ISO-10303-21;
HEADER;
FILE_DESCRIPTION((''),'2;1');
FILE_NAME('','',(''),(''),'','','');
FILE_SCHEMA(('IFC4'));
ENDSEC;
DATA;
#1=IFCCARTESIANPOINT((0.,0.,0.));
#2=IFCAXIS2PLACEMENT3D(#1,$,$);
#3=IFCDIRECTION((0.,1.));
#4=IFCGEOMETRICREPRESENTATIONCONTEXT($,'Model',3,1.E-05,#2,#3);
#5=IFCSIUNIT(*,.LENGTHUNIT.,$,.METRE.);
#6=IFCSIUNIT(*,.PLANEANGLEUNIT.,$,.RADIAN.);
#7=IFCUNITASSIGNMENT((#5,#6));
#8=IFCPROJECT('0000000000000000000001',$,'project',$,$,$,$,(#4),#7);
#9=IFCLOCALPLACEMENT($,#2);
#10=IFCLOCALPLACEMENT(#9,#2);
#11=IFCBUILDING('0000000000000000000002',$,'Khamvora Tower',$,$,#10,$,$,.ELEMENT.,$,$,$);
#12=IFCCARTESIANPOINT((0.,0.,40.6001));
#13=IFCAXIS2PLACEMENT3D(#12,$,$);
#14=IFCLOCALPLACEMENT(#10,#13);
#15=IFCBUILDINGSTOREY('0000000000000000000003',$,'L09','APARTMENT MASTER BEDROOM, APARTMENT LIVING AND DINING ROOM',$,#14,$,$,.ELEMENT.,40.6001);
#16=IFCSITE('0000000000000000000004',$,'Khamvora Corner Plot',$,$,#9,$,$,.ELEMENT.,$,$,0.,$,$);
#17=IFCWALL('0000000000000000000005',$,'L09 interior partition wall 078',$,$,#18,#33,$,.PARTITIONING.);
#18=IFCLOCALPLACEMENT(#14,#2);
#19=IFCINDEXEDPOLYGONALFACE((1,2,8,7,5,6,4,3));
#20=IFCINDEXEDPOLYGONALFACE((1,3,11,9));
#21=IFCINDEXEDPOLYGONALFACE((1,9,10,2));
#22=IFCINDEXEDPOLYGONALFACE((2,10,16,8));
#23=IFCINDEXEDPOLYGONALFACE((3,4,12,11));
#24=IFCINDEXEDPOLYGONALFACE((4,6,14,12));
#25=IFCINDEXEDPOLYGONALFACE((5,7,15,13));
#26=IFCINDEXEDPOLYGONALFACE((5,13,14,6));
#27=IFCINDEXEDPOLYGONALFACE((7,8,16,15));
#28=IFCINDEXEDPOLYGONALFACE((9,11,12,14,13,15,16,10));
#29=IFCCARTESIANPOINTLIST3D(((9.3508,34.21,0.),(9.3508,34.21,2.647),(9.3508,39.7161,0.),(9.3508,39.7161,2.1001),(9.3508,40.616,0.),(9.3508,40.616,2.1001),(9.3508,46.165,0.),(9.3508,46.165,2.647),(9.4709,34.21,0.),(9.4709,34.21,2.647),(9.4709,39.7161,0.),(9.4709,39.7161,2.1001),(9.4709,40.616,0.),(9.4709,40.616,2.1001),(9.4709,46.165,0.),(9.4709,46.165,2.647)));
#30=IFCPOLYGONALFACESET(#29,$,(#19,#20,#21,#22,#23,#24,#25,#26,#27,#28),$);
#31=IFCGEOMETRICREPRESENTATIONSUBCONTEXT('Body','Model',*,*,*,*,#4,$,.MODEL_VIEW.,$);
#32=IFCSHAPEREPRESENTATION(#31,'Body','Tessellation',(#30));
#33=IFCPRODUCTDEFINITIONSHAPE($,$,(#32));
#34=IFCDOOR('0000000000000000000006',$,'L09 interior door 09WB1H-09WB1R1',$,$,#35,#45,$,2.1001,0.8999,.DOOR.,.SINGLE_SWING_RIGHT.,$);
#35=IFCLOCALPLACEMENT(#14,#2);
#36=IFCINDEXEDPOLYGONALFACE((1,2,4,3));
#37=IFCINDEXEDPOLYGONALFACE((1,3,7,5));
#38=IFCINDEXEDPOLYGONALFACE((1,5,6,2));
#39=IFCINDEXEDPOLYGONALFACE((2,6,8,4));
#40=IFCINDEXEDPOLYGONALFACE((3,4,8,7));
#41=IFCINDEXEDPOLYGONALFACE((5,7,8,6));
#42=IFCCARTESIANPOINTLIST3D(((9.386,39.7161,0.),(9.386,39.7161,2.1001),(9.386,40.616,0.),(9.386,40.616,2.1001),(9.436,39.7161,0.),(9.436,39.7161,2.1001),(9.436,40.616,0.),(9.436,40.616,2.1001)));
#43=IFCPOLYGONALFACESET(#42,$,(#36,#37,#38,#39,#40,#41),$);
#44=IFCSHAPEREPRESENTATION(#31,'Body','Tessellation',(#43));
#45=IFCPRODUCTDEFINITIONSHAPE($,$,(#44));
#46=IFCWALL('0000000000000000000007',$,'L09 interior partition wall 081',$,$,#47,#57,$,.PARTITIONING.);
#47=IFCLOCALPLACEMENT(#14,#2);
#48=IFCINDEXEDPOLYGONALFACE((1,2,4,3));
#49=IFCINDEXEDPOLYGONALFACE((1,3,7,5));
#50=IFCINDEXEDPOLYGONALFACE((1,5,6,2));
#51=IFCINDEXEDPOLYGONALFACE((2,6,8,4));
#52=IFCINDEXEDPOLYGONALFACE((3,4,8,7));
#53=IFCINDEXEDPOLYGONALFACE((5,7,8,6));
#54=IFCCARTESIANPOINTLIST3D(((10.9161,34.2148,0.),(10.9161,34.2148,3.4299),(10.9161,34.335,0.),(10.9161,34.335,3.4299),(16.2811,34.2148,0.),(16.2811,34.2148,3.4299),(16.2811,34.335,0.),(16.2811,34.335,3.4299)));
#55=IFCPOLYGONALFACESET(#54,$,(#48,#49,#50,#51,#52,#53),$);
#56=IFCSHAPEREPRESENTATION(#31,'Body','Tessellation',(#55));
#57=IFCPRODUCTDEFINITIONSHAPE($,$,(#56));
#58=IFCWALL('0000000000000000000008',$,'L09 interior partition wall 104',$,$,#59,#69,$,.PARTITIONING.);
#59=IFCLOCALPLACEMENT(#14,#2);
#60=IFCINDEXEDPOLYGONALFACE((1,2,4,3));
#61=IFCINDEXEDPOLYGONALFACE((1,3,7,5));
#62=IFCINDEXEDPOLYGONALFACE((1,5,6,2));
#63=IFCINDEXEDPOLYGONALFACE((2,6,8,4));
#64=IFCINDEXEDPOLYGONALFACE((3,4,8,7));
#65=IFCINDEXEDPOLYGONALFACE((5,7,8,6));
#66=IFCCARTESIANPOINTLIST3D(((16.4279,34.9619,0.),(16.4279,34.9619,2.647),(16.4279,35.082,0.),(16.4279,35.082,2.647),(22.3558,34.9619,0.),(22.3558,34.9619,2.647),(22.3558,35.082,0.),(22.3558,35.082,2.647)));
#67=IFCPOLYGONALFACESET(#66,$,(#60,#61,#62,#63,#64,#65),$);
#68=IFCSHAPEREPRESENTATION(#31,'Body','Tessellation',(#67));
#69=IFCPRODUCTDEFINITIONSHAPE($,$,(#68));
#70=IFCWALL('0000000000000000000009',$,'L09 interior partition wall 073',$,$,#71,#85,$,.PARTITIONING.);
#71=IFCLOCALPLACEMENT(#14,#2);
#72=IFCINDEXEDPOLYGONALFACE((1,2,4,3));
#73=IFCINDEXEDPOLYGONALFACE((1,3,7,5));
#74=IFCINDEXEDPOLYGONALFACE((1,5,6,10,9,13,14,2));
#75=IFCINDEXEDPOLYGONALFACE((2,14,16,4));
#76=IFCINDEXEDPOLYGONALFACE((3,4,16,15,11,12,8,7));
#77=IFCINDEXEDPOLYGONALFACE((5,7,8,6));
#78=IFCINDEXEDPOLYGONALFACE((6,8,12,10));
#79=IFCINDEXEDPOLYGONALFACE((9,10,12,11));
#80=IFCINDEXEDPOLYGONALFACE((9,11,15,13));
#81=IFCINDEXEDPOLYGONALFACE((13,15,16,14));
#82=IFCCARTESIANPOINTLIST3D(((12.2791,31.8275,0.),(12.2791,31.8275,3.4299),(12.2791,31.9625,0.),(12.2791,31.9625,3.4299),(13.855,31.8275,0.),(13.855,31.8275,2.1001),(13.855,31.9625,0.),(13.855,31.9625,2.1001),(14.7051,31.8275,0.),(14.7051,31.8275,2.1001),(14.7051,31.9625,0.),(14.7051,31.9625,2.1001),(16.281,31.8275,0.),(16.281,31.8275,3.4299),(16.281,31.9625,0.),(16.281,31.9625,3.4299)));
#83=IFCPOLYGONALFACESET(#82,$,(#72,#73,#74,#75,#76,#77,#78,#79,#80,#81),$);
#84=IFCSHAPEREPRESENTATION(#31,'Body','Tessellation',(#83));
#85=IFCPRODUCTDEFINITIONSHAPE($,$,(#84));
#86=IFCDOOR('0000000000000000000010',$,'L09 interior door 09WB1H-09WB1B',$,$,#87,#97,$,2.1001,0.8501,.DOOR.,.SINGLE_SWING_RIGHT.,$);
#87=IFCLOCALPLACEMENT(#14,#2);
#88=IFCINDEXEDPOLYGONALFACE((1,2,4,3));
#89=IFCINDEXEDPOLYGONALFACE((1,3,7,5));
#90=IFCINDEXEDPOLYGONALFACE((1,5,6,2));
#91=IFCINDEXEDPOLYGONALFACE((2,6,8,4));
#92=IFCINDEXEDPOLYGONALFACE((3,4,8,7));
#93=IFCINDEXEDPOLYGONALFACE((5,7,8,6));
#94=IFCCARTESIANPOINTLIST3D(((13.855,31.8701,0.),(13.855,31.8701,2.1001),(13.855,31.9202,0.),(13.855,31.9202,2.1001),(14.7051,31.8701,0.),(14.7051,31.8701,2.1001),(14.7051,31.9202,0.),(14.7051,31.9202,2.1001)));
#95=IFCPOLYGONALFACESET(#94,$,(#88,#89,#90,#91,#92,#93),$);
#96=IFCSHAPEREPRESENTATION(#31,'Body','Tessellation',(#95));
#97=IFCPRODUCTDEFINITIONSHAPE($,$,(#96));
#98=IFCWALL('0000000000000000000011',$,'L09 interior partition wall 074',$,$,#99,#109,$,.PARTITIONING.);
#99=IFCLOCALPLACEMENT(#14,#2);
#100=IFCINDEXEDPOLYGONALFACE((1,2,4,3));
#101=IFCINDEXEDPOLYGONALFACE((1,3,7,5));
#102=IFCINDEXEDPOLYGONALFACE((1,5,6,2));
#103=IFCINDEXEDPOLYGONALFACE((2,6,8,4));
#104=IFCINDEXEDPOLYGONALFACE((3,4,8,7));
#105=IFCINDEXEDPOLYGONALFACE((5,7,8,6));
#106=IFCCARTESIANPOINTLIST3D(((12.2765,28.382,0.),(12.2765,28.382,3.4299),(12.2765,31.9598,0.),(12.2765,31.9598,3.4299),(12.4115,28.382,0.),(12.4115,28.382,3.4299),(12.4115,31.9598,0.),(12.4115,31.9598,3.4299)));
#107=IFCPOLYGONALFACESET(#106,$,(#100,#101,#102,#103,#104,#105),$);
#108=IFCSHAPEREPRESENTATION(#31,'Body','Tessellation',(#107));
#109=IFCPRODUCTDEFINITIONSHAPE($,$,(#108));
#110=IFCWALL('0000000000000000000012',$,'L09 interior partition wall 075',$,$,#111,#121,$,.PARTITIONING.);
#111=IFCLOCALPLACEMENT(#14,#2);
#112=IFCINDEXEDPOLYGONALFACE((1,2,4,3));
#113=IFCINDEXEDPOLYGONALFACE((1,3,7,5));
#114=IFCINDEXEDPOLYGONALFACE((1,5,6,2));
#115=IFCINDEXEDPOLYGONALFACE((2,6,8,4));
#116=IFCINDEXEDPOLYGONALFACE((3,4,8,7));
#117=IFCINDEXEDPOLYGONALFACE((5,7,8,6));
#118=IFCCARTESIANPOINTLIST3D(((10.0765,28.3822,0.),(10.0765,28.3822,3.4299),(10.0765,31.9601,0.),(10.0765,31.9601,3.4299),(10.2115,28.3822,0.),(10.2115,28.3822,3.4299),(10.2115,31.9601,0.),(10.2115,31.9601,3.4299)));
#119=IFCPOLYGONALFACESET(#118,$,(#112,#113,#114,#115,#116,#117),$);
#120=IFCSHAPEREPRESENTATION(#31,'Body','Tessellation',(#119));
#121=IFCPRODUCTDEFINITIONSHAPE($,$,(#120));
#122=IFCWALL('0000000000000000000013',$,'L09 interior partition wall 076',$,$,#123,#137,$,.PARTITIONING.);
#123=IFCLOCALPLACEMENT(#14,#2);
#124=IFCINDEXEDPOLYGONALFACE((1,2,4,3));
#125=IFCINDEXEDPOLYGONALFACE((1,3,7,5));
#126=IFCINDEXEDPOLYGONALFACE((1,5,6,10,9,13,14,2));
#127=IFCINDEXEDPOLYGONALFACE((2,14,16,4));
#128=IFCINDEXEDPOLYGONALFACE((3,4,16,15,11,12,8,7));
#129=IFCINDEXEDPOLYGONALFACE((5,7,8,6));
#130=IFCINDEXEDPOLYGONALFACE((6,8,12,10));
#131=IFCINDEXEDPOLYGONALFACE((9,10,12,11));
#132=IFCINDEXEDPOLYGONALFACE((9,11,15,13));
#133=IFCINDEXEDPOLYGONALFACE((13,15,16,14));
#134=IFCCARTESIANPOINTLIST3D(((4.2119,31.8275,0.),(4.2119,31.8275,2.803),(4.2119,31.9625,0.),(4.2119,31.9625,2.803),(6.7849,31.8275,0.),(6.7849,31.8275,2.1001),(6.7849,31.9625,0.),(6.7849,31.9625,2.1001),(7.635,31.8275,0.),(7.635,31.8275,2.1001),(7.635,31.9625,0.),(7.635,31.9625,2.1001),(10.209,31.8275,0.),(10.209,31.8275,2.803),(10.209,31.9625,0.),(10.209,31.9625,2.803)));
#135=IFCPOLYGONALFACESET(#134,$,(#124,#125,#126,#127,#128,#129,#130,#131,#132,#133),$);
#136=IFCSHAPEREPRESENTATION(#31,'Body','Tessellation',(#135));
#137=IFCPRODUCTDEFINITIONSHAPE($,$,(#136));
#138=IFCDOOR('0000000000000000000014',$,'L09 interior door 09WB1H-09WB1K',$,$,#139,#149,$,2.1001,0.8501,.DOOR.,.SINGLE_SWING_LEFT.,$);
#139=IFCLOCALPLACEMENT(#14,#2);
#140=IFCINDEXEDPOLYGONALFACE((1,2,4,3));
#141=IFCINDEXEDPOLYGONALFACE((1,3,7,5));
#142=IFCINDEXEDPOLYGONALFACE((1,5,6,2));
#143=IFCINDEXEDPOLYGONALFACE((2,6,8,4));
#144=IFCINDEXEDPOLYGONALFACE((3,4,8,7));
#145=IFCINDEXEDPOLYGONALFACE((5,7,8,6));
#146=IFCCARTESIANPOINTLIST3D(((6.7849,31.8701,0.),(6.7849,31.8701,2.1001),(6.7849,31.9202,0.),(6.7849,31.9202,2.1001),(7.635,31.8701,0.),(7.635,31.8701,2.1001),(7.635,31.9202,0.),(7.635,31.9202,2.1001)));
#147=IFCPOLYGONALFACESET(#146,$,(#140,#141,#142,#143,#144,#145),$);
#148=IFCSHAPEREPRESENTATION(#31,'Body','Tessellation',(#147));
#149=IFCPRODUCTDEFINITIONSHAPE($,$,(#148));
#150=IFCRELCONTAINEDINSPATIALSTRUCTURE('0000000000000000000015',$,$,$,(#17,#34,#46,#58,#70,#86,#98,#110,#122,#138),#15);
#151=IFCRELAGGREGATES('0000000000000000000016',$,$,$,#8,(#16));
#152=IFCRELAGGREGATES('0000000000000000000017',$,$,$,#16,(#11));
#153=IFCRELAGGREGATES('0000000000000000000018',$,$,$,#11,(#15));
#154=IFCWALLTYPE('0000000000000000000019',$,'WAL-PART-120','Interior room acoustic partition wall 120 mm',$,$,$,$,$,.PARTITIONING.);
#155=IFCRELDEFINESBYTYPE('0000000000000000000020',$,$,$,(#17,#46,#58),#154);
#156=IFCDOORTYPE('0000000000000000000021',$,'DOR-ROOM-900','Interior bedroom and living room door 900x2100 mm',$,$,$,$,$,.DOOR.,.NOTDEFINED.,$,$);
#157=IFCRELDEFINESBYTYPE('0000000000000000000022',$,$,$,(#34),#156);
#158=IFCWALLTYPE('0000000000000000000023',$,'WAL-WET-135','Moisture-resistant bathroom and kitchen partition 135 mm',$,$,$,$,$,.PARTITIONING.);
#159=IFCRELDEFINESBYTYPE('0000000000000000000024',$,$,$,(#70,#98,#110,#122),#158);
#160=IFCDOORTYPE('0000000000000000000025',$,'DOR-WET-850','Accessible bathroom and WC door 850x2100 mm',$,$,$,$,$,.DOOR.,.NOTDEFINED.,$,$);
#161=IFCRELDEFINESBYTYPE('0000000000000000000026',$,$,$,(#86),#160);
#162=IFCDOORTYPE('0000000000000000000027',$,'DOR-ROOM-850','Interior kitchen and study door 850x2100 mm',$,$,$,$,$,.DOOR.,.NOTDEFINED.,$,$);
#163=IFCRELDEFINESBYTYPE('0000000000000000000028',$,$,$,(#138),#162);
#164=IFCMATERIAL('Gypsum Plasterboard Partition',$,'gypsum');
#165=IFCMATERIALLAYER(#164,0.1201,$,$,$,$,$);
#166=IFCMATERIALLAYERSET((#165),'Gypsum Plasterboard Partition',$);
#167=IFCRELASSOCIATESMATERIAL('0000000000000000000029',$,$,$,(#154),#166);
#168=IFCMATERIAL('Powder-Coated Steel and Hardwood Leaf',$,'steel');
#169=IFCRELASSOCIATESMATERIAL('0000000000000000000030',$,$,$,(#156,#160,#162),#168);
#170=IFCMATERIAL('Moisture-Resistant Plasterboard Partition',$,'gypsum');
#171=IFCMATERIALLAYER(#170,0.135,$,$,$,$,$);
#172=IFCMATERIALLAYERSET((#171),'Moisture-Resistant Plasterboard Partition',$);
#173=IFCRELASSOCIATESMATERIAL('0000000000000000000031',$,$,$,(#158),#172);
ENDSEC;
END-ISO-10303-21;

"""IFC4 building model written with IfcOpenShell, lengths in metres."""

from ifc_helpers import new_model, si_unit, direction, frame, frame_2d, origin, place, context, subcontext, project, spatial, rectangle, extrude, material, layer, layer_set, type_object, element, fill, save


model = new_model("IFC4")

# Units and contexts
model_context = context("Model", 3, precision=1e-05, world=origin(), true_north=direction((0.0, 1.0)))
body_context = subcontext(model_context, "Body", "Model", "MODEL_VIEW")
ifc_project = project(units=[si_unit("LENGTHUNIT", "METRE"), si_unit("PLANEANGLEUNIT", "RADIAN")], contexts=[model_context])

# Site, building, storey
site_placement = place(None, origin())
site = spatial("IfcSite", under=ifc_project, at=site_placement, Name="Khamvora Corner Plot", CompositionType="ELEMENT", RefElevation=0.0)
building_placement = place(site_placement, origin())
building = spatial("IfcBuilding", under=site, at=building_placement, Name="Khamvora Tower", CompositionType="ELEMENT")
storey_placement = place(building_placement, frame((0.0, 0.0, 40.6001)))
storey = spatial("IfcBuildingStorey", under=building, at=storey_placement, Name="L09", Description="APARTMENT MASTER BEDROOM, APARTMENT LIVING AND DINING ROOM", CompositionType="ELEMENT", Elevation=40.6001)

# Shared definitions
ifc_material_1 = material(Name="Powder-Coated Steel and Hardwood Leaf", Category="steel")

# Shared definitions
ifc_material_2 = material(Name="Gypsum Plasterboard Partition", Category="gypsum")
ifc_layer_1 = layer(ifc_material_2, 0.1201)
ifc_layer_set_1 = layer_set([ifc_layer_1], Name="Gypsum Plasterboard Partition")
wall_type_1 = type_object("IfcWallType", Name="WAL-PART-120", Description="Interior room acoustic partition wall 120 mm", PredefinedType="PARTITIONING", material=ifc_layer_set_1)

# Wall, opening, door
wall_1_placement = place(storey_placement, frame((9.4109, 34.21, 0.0), z_axis=(0.0, 0.0, 1.0), x_axis=(0.0, 1.0, 0.0)))
wall_1 = element("IfcWall", 1, at=wall_1_placement, inside=storey, type_object=wall_type_1, Name="L09 interior partition wall 078", PredefinedType="PARTITIONING", context=body_context, shape_type="SweptSolid", body=[
    extrude(rectangle(XDim=11.9551, YDim=0.1201, at=frame_2d((5.9775, 0.0))), origin(), (0.0, 0.0, 1.0), 2.647),
])
opening_1_placement = place(wall_1_placement, frame((5.5061, 0.0, 0.0)))
opening_1 = element("IfcOpeningElement", 2, at=opening_1_placement, cuts=wall_1, PredefinedType="OPENING", context=body_context, shape_type="SweptSolid", body=[
    extrude(rectangle(XDim=0.8999, YDim=2.1001, at=frame_2d((0.45, 1.05))), frame((0.0, 0.0701, 0.0), z_axis=(0.0, -1.0, 0.0), x_axis=(1.0, 0.0, 0.0)), (0.0, 0.0, 1.0), 0.1401),
])
door_type_1 = type_object("IfcDoorType", Name="DOR-ROOM-900", Description="Interior bedroom and living room door 900x2100 mm", OperationType="NOTDEFINED", PredefinedType="DOOR", material=ifc_material_1)
door_1_placement = place(opening_1_placement, origin())
door_1 = element("IfcDoor", 3, at=door_1_placement, inside=storey, type_object=door_type_1, Name="L09 interior door 09WB1H-09WB1R1", OperationType="SINGLE_SWING_RIGHT", OverallHeight=2.1001, OverallWidth=0.8999, PredefinedType="DOOR", context=body_context, shape_type="SweptSolid", body=[
    extrude(rectangle(XDim=0.8999, YDim=2.1001, at=frame_2d((0.45, 1.05))), frame((0.0, 0.0249, 0.0), z_axis=(0.0, -1.0, 0.0), x_axis=(1.0, 0.0, 0.0)), (0.0, 0.0, 1.0), 0.05),
])
fill(opening_1, door_1)

# Walls
wall_2_placement = place(storey_placement, frame((10.916, 34.2749, 0.0), z_axis=(0.0, 0.0, 1.0), x_axis=(1.0, 0.0, 0.0)))
element("IfcWall", 4, at=wall_2_placement, inside=storey, type_object=wall_type_1, Name="L09 interior partition wall 081", PredefinedType="PARTITIONING", context=body_context, shape_type="SweptSolid", body=[
    extrude(rectangle(XDim=5.365, YDim=0.1201, at=frame_2d((2.6826, 0.0))), origin(), (0.0, 0.0, 1.0), 3.4299),
])
wall_3_placement = place(storey_placement, frame((16.428, 35.022, 0.0), z_axis=(0.0, 0.0, 1.0), x_axis=(1.0, 0.0, 0.0)))
element("IfcWall", 5, at=wall_3_placement, inside=storey, type_object=wall_type_1, Name="L09 interior partition wall 104", PredefinedType="PARTITIONING", context=body_context, shape_type="SweptSolid", body=[
    extrude(rectangle(XDim=5.928, YDim=0.1201, at=frame_2d((2.9639, 0.0))), origin(), (0.0, 0.0, 1.0), 2.647),
])

# Wall, opening, door
ifc_material_3 = material(Name="Moisture-Resistant Plasterboard Partition", Category="gypsum")
ifc_layer_2 = layer(ifc_material_3, 0.135)
ifc_layer_set_2 = layer_set([ifc_layer_2], Name="Moisture-Resistant Plasterboard Partition")
wall_type_2 = type_object("IfcWallType", Name="WAL-WET-135", Description="Moisture-resistant bathroom and kitchen partition 135 mm", PredefinedType="PARTITIONING", material=ifc_layer_set_2)
wall_4_placement = place(storey_placement, frame((16.281, 31.895, 0.0), z_axis=(0.0, 0.0, 1.0), x_axis=(-1.0, 0.0, 0.0)))
wall_4 = element("IfcWall", 6, at=wall_4_placement, inside=storey, type_object=wall_type_2, Name="L09 interior partition wall 073", PredefinedType="PARTITIONING", context=body_context, shape_type="SweptSolid", body=[
    extrude(rectangle(XDim=4.002, YDim=0.135, at=frame_2d((2.001, 0.0))), origin(), (0.0, 0.0, 1.0), 3.4299),
])
opening_2_placement = place(wall_4_placement, frame((1.5759, 0.0, 0.0)))
opening_2 = element("IfcOpeningElement", 7, at=opening_2_placement, cuts=wall_4, PredefinedType="OPENING", context=body_context, shape_type="SweptSolid", body=[
    extrude(rectangle(XDim=0.8501, YDim=2.1001, at=frame_2d((0.425, 1.05))), frame((0.0, 0.0774, 0.0), z_axis=(0.0, -1.0, 0.0), x_axis=(1.0, 0.0, 0.0)), (0.0, 0.0, 1.0), 0.155),
])
door_type_2 = type_object("IfcDoorType", Name="DOR-WET-850", Description="Accessible bathroom and WC door 850x2100 mm", OperationType="NOTDEFINED", PredefinedType="DOOR", material=ifc_material_1)
door_2_placement = place(opening_2_placement, origin())
door_2 = element("IfcDoor", 8, at=door_2_placement, inside=storey, type_object=door_type_2, Name="L09 interior door 09WB1H-09WB1B", OperationType="SINGLE_SWING_RIGHT", OverallHeight=2.1001, OverallWidth=0.8501, PredefinedType="DOOR", context=body_context, shape_type="SweptSolid", body=[
    extrude(rectangle(XDim=0.8501, YDim=2.1001, at=frame_2d((0.425, 1.05))), frame((0.0, 0.0249, 0.0), z_axis=(0.0, -1.0, 0.0), x_axis=(1.0, 0.0, 0.0)), (0.0, 0.0, 1.0), 0.05),
])
fill(opening_2, door_2)

# Walls
for number, where, z_axis, x_axis, name in (
    (9, (12.344, 31.96, 0.0), (0.0, 0.0, 1.0), (0.0, -1.0, 0.0), "L09 interior partition wall 074"),
    (10, (10.144, 28.3821, 0.0), (0.0, 0.0, 1.0), (0.0, 1.0, 0.0), "L09 interior partition wall 075"),
):
    element("IfcWall", number, at=place(storey_placement, frame(where, z_axis=z_axis, x_axis=x_axis)), inside=storey, type_object=wall_type_2, Name=name, PredefinedType="PARTITIONING", context=body_context, shape_type="SweptSolid", body=[
        extrude(rectangle(XDim=3.5779, YDim=0.135, at=frame_2d((1.7891, 0.0))), origin(), (0.0, 0.0, 1.0), 3.4299),
    ])

# Wall, opening, door
wall_5_placement = place(storey_placement, frame((10.209, 31.895, 0.0), z_axis=(0.0, 0.0, 1.0), x_axis=(-1.0, 0.0, 0.0)))
wall_5 = element("IfcWall", 11, at=wall_5_placement, inside=storey, type_object=wall_type_2, Name="L09 interior partition wall 076", PredefinedType="PARTITIONING", context=body_context, shape_type="SweptSolid", body=[
    extrude(rectangle(XDim=5.9971, YDim=0.135, at=frame_2d((2.9985, 0.0))), origin(), (0.0, 0.0, 1.0), 2.803),
])
opening_3_placement = place(wall_5_placement, frame((2.574, 0.0, 0.0)))
opening_3 = element("IfcOpeningElement", 12, at=opening_3_placement, cuts=wall_5, PredefinedType="OPENING", context=body_context, shape_type="SweptSolid", body=[
    extrude(rectangle(XDim=0.8501, YDim=2.1001, at=frame_2d((0.425, 1.05))), frame((0.0, 0.0774, 0.0), z_axis=(0.0, -1.0, 0.0), x_axis=(1.0, 0.0, 0.0)), (0.0, 0.0, 1.0), 0.155),
])
door_type_3 = type_object("IfcDoorType", Name="DOR-ROOM-850", Description="Interior kitchen and study door 850x2100 mm", OperationType="NOTDEFINED", PredefinedType="DOOR", material=ifc_material_1)
door_3_placement = place(opening_3_placement, origin())
door_3 = element("IfcDoor", 13, at=door_3_placement, inside=storey, type_object=door_type_3, Name="L09 interior door 09WB1H-09WB1K", OperationType="SINGLE_SWING_LEFT", OverallHeight=2.1001, OverallWidth=0.8501, PredefinedType="DOOR", context=body_context, shape_type="SweptSolid", body=[
    extrude(rectangle(XDim=0.8501, YDim=2.1001, at=frame_2d((0.425, 1.05))), frame((0.0, 0.0249, 0.0), z_axis=(0.0, -1.0, 0.0), x_axis=(1.0, 0.0, 0.0)), (0.0, 0.0, 1.0), 0.05),
])
fill(opening_3, door_3)

save(model, "model.ifc")
